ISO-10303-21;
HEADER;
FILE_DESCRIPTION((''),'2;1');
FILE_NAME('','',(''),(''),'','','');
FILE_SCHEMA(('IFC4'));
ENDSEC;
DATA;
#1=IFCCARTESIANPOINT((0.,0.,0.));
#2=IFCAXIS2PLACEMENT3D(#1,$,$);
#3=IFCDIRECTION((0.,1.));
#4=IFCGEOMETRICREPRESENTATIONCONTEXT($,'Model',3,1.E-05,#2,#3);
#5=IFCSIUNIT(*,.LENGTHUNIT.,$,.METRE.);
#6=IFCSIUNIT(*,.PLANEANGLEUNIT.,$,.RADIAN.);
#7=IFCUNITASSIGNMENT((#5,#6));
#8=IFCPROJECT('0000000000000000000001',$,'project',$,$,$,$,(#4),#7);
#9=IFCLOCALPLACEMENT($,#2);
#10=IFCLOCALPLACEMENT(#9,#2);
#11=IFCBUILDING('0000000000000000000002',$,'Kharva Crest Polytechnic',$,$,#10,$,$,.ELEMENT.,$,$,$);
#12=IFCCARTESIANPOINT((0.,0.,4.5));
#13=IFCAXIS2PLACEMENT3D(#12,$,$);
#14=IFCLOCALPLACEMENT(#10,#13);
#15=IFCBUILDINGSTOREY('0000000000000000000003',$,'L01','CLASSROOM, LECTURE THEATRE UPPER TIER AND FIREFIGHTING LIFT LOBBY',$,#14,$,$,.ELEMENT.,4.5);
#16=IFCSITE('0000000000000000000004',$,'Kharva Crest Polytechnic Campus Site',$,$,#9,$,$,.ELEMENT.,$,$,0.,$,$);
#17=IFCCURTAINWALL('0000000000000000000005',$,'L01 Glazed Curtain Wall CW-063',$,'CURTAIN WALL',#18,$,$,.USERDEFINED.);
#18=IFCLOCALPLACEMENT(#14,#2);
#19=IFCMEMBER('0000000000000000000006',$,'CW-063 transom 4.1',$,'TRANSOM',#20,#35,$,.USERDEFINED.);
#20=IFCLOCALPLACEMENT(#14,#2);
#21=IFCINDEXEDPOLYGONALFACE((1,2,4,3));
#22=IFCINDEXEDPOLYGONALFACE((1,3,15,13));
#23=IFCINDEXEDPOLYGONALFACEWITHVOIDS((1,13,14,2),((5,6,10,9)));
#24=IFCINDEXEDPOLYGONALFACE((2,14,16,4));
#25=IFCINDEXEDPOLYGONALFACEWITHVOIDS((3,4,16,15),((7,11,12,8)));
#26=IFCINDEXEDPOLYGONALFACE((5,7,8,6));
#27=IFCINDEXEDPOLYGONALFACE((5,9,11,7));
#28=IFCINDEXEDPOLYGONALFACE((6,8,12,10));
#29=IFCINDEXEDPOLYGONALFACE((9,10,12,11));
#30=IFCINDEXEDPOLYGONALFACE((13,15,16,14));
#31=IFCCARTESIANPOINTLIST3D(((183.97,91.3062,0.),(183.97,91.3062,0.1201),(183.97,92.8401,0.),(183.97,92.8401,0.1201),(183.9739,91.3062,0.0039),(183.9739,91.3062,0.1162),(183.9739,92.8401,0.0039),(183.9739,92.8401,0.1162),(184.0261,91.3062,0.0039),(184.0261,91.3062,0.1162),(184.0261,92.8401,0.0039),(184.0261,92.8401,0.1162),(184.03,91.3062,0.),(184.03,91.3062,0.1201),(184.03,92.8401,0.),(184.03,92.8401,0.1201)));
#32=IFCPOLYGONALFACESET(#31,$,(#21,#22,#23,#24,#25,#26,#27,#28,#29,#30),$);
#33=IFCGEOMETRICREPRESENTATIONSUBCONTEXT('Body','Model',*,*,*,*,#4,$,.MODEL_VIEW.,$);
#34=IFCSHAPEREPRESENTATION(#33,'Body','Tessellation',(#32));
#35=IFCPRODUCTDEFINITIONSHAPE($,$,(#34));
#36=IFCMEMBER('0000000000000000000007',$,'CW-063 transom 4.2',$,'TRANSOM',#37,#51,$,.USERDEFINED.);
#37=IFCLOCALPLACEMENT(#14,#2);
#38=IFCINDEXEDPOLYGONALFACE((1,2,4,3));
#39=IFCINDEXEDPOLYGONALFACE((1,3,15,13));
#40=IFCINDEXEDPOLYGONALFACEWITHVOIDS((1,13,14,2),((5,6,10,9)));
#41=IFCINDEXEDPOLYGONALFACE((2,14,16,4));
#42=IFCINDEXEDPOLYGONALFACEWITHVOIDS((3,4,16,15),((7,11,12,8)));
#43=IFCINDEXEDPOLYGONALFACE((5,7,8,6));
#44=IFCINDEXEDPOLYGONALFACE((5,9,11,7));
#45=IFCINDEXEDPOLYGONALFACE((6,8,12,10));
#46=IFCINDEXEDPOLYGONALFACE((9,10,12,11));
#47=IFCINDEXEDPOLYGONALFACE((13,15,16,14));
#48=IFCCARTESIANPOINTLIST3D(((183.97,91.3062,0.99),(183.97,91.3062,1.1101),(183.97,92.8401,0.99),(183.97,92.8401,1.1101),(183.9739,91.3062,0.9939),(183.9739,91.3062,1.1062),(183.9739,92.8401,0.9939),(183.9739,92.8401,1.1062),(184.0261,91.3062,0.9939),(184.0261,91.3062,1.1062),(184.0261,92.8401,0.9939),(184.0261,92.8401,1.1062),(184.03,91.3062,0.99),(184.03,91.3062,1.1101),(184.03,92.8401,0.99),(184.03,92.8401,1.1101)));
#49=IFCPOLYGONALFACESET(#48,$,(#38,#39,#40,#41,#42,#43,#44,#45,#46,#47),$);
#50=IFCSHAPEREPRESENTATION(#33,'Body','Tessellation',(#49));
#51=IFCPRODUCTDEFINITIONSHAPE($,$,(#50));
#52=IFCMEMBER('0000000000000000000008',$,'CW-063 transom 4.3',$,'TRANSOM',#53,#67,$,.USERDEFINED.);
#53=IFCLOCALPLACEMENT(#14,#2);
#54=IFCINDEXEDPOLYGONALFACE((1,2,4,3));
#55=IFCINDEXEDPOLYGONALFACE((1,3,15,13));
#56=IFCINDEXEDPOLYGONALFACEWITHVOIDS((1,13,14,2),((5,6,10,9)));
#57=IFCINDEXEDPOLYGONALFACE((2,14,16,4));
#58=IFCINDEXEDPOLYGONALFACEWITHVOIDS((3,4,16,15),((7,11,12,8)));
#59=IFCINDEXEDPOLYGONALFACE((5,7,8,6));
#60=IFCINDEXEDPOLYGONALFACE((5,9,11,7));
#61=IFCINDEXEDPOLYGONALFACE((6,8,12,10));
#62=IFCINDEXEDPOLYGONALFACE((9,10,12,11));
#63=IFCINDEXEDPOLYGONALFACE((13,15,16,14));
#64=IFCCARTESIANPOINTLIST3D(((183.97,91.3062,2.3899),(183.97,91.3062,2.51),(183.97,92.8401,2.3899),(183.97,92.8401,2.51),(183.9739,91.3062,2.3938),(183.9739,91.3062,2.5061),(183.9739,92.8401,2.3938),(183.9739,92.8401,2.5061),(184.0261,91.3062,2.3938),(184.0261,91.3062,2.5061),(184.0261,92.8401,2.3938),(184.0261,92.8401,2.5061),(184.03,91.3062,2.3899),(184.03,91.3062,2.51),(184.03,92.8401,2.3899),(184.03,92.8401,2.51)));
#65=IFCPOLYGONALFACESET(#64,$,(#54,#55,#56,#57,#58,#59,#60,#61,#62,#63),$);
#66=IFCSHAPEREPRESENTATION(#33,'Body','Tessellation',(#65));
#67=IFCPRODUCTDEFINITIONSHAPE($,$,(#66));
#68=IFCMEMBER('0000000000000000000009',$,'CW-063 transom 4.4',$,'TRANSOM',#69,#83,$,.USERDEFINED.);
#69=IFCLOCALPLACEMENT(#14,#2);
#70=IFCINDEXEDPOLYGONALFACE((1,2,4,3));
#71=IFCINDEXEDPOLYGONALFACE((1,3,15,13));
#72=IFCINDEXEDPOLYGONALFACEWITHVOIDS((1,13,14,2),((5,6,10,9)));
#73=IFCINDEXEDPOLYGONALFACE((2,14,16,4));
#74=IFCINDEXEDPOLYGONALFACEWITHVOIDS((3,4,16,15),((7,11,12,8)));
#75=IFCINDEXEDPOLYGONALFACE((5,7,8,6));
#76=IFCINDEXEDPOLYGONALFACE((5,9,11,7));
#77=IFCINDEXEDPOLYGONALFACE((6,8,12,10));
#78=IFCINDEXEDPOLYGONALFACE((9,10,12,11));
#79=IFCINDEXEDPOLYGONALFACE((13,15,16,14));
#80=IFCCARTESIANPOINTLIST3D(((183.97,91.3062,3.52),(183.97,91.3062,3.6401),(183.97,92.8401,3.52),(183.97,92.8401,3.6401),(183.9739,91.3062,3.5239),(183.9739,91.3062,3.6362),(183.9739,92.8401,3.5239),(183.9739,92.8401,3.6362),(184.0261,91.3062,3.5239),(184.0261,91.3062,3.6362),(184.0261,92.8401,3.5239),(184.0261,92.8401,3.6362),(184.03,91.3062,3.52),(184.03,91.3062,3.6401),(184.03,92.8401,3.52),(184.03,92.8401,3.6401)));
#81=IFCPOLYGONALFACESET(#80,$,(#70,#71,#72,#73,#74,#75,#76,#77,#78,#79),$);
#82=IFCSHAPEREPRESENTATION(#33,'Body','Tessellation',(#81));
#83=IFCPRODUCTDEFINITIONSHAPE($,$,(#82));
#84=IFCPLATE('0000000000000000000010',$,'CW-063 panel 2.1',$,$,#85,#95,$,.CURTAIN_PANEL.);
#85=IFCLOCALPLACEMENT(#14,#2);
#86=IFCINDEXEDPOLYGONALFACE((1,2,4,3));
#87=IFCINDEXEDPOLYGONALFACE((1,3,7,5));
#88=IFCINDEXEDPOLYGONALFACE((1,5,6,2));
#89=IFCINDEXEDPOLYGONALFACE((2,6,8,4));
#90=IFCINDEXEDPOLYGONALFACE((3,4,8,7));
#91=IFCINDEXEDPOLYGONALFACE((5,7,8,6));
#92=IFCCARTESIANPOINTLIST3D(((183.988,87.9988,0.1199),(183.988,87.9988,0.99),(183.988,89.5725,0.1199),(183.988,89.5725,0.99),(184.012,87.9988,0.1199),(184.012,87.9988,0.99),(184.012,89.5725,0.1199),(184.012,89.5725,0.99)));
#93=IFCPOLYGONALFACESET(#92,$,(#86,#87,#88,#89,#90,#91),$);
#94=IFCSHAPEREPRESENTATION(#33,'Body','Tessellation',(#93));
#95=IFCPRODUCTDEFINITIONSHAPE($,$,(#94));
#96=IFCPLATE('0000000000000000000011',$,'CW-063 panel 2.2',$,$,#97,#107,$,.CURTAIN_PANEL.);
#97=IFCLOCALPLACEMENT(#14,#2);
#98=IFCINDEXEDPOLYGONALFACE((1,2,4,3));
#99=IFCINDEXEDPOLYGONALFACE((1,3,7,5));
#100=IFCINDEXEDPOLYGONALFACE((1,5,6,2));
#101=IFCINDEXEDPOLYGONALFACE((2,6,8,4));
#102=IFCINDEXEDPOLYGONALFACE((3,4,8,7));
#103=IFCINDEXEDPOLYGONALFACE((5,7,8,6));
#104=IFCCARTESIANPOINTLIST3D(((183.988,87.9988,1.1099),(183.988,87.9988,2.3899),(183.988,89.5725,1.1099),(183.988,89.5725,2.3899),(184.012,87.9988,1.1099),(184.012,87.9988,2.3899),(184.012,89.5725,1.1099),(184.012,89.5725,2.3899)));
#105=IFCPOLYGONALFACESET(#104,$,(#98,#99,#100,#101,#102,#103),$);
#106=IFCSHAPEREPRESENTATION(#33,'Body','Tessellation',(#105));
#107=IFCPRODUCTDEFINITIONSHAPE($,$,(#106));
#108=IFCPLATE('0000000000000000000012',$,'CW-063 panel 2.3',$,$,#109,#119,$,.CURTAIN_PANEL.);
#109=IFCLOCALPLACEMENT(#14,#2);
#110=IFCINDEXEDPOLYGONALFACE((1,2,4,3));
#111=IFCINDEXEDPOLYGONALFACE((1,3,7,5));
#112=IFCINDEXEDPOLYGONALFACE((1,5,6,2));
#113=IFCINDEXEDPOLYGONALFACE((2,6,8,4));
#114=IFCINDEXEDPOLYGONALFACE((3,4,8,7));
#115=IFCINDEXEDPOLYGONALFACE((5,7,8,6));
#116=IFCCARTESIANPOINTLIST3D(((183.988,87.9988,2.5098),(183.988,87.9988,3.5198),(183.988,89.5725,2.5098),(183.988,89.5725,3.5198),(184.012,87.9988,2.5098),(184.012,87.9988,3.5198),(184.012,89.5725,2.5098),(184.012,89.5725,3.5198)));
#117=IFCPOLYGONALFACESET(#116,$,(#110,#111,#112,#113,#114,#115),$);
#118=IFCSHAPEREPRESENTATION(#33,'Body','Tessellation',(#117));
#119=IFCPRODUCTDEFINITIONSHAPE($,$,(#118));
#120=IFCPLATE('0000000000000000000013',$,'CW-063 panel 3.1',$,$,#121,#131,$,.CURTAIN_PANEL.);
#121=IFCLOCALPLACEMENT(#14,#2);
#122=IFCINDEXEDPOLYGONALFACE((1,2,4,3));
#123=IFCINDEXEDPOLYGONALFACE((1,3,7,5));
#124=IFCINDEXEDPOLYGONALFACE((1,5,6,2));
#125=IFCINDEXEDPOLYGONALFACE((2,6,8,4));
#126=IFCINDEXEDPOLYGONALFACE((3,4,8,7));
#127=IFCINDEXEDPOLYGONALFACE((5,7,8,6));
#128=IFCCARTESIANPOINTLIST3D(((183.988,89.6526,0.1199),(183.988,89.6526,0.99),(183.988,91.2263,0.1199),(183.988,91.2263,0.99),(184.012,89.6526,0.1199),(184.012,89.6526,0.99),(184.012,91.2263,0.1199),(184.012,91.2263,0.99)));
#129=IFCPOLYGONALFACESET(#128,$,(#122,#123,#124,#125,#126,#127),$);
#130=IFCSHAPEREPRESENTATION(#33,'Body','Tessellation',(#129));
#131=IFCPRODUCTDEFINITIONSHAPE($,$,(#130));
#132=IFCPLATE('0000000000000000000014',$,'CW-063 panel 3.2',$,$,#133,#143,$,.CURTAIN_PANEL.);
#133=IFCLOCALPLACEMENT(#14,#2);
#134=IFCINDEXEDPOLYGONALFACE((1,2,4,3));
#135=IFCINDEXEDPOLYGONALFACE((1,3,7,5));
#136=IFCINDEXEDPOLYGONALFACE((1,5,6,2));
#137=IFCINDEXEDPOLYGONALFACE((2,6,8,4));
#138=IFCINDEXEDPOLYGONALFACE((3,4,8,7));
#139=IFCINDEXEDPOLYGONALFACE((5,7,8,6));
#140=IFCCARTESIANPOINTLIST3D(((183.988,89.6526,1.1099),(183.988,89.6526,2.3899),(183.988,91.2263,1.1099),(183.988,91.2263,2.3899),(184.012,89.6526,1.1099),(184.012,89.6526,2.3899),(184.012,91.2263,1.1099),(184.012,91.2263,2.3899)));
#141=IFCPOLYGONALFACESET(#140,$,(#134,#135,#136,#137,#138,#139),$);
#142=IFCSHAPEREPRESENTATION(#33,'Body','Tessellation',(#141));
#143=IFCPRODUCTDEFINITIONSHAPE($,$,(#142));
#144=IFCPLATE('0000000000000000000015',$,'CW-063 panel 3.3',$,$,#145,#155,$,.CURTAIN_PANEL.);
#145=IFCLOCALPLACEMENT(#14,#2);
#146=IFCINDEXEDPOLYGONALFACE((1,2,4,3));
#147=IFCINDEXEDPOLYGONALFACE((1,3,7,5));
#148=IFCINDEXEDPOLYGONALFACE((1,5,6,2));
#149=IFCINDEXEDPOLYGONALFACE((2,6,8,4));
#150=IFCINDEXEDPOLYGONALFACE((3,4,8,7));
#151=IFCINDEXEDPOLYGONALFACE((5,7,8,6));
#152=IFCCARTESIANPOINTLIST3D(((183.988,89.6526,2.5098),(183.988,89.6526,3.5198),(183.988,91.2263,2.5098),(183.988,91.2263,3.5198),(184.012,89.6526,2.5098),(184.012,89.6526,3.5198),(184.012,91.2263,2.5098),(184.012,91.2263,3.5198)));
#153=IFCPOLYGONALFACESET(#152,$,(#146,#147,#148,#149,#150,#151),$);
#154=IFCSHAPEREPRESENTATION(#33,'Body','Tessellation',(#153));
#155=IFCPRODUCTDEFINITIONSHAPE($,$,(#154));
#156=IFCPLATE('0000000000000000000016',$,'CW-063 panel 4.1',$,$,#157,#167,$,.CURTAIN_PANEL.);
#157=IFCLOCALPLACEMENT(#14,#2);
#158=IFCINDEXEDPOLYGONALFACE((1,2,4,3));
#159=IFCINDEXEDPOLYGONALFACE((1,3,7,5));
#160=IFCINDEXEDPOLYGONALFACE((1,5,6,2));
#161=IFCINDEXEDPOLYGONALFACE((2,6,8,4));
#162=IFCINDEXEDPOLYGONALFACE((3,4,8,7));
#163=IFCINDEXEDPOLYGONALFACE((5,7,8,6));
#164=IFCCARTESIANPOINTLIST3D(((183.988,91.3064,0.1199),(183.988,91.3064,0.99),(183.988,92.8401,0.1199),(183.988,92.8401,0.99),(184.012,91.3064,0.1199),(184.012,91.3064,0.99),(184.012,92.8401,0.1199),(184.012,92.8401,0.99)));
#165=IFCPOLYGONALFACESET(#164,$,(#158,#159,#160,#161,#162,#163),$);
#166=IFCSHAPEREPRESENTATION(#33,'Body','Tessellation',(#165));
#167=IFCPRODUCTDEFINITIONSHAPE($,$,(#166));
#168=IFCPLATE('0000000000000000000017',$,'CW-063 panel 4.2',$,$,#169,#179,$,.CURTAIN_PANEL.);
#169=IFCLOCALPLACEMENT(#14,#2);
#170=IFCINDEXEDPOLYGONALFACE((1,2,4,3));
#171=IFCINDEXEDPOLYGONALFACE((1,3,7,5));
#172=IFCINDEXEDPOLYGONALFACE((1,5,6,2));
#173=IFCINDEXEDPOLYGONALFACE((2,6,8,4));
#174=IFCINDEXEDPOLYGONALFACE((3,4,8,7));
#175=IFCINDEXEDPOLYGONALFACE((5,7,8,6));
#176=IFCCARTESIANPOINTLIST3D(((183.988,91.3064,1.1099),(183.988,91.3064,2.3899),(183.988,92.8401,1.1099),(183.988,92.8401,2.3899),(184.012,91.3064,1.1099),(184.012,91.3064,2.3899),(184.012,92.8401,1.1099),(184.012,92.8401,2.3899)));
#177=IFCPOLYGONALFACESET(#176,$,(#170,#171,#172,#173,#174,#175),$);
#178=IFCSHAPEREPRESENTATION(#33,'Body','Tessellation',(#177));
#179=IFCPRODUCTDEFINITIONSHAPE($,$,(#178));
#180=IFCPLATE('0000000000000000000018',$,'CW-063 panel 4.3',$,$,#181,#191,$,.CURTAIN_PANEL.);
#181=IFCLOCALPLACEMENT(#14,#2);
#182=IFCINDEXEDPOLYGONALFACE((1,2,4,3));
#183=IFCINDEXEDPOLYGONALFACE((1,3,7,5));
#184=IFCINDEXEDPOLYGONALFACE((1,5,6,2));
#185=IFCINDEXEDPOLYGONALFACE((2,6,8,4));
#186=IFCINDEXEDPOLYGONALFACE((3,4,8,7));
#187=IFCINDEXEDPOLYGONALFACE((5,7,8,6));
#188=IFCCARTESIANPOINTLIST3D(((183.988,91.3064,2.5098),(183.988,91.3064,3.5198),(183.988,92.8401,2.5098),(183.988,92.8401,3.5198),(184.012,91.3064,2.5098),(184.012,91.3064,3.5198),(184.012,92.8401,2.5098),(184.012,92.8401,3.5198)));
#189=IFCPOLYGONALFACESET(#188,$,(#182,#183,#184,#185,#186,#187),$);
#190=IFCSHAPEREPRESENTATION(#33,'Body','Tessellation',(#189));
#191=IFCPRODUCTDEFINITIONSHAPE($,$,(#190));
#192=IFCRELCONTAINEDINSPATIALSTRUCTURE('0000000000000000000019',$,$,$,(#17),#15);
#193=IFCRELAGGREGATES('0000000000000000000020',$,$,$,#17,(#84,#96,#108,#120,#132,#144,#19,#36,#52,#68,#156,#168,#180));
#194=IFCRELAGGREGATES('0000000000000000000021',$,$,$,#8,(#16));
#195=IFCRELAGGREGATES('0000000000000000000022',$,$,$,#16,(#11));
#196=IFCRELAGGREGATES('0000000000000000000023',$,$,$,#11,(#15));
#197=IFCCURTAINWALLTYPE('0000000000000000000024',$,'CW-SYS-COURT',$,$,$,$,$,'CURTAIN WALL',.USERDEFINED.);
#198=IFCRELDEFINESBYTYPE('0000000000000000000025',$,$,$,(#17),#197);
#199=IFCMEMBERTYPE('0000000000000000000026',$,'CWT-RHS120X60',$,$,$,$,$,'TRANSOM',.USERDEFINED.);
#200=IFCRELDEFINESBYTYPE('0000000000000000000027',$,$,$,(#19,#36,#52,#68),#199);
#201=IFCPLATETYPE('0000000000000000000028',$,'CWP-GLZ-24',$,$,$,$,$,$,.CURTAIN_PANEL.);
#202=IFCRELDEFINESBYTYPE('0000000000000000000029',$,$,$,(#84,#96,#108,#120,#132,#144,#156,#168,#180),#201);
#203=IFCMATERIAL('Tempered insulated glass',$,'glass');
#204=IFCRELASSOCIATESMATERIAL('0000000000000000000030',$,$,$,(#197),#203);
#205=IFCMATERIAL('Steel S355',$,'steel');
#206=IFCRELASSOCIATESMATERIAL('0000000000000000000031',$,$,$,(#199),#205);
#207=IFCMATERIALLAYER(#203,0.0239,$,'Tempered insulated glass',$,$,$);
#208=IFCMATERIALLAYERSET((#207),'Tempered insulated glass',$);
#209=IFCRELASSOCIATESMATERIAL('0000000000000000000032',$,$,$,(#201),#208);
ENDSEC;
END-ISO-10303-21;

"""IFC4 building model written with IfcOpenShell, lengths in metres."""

from ifc_helpers import new_model, si_unit, direction, frame, origin, origin_2d, place, context, subcontext, project, spatial, rectangle, hollow_rectangle, extrude, material, layer, layer_set, material_profile, profile_set, type_object, element, aggregate, save


model = new_model("IFC4")

# Units and contexts
model_context = context("Model", 3, precision=1e-05, world=origin(), true_north=direction((0.0, 1.0)))
body_context = subcontext(model_context, "Body", "Model", "MODEL_VIEW")
ifc_project = project(units=[si_unit("LENGTHUNIT", "METRE"), si_unit("PLANEANGLEUNIT", "RADIAN")], contexts=[model_context])

# Site, building, storey
site_placement = place(None, origin())
site = spatial("IfcSite", under=ifc_project, at=site_placement, Name="Kharva Crest Polytechnic Campus Site", CompositionType="ELEMENT", RefElevation=0.0)
building_placement = place(site_placement, origin())
building = spatial("IfcBuilding", under=site, at=building_placement, Name="Kharva Crest Polytechnic", CompositionType="ELEMENT")
storey_placement = place(building_placement, frame((0.0, 0.0, 4.5)))
storey = spatial("IfcBuildingStorey", under=building, at=storey_placement, Name="L01", Description="CLASSROOM, LECTURE THEATRE UPPER TIER AND FIREFIGHTING LIFT LOBBY", CompositionType="ELEMENT", Elevation=4.5)

# Curtain wall, members, plates
ifc_material_1 = material(Name="Tempered insulated glass", Category="glass")
curtain_wall_type = type_object("IfcCurtainWallType", Name="CW-SYS-COURT", ElementType="CURTAIN WALL", PredefinedType="USERDEFINED", material=ifc_material_1)
curtain_wall_placement = place(storey_placement, origin())
curtain_wall = element("IfcCurtainWall", 1, at=curtain_wall_placement, inside=storey, type_object=curtain_wall_type, Name="L01 Glazed Curtain Wall CW-063", ObjectType="CURTAIN WALL", PredefinedType="USERDEFINED")
ifc_material_2 = material(Name="Steel S355", Category="steel")
ifc_material_profile_1 = material_profile(ifc_material_2, hollow_rectangle(XDim=0.0601, YDim=0.1201, WallThickness=0.0039, at=origin_2d()), Name="RHS 120X60X4.0")
ifc_profile_set_1 = profile_set([ifc_material_profile_1], Name="Steel S355")
member_type_1 = type_object("IfcMemberType", Name="CWT-RHS120X60", ElementType="TRANSOM", PredefinedType="USERDEFINED", material=ifc_profile_set_1)
member_1_placement = place(storey_placement, frame((184.0, 91.3062, 0.0601), z_axis=(0.0, 1.0, 0.0), x_axis=(-1.0, 0.0, 0.0)))
member_1 = element("IfcMember", 2, at=member_1_placement, type_object=member_type_1, Name="CW-063 transom 4.1", ObjectType="TRANSOM", PredefinedType="USERDEFINED", context=body_context, shape_type="SweptSolid", body=[
    extrude(hollow_rectangle(XDim=0.0601, YDim=0.1201, WallThickness=0.0039, at=origin_2d()), origin(), (0.0, 0.0, 1.0), 1.5339),
])
member_2_placement = place(storey_placement, frame((184.0, 91.3062, 1.05), z_axis=(0.0, 1.0, 0.0), x_axis=(-1.0, 0.0, 0.0)))
member_2 = element("IfcMember", 3, at=member_2_placement, type_object=member_type_1, Name="CW-063 transom 4.2", ObjectType="TRANSOM", PredefinedType="USERDEFINED", context=body_context, shape_type="SweptSolid", body=[
    extrude(hollow_rectangle(XDim=0.0601, YDim=0.1201, WallThickness=0.0039, at=origin_2d()), origin(), (0.0, 0.0, 1.0), 1.5339),
])
member_3_placement = place(storey_placement, frame((184.0, 91.3062, 2.45), z_axis=(0.0, 1.0, 0.0), x_axis=(-1.0, 0.0, 0.0)))
member_3 = element("IfcMember", 4, at=member_3_placement, type_object=member_type_1, Name="CW-063 transom 4.3", ObjectType="TRANSOM", PredefinedType="USERDEFINED", context=body_context, shape_type="SweptSolid", body=[
    extrude(hollow_rectangle(XDim=0.0601, YDim=0.1201, WallThickness=0.0039, at=origin_2d()), origin(), (0.0, 0.0, 1.0), 1.5339),
])
member_4_placement = place(storey_placement, frame((184.0, 91.3062, 3.5801), z_axis=(0.0, 1.0, 0.0), x_axis=(-1.0, 0.0, 0.0)))
member_4 = element("IfcMember", 5, at=member_4_placement, type_object=member_type_1, Name="CW-063 transom 4.4", ObjectType="TRANSOM", PredefinedType="USERDEFINED", context=body_context, shape_type="SweptSolid", body=[
    extrude(hollow_rectangle(XDim=0.0601, YDim=0.1201, WallThickness=0.0039, at=origin_2d()), origin(), (0.0, 0.0, 1.0), 1.5339),
])
ifc_layer = layer(ifc_material_1, 0.0239, Name="Tempered insulated glass")
ifc_layer_set = layer_set([ifc_layer], Name="Tempered insulated glass")
plate_type = type_object("IfcPlateType", Name="CWP-GLZ-24", PredefinedType="CURTAIN_PANEL", material=ifc_layer_set)
plate_1_placement = place(storey_placement, frame((184.0, 88.7856, 0.1199), z_axis=(0.0, 0.0, 1.0), x_axis=(0.0, 1.0, 0.0)))
plate_1 = element("IfcPlate", 6, at=plate_1_placement, type_object=plate_type, Name="CW-063 panel 2.1", PredefinedType="CURTAIN_PANEL", context=body_context, shape_type="SweptSolid", body=[
    extrude(rectangle(XDim=1.5737, YDim=0.0239, at=origin_2d()), origin(), (0.0, 0.0, 1.0), 0.8701),
])
plate_2_placement = place(storey_placement, frame((184.0, 88.7856, 1.1099), z_axis=(0.0, 0.0, 1.0), x_axis=(0.0, 1.0, 0.0)))
plate_2 = element("IfcPlate", 7, at=plate_2_placement, type_object=plate_type, Name="CW-063 panel 2.2", PredefinedType="CURTAIN_PANEL", context=body_context, shape_type="SweptSolid", body=[
    extrude(rectangle(XDim=1.5737, YDim=0.0239, at=origin_2d()), origin(), (0.0, 0.0, 1.0), 1.28),
])
plate_3_placement = place(storey_placement, frame((184.0, 88.7856, 2.5098), z_axis=(0.0, 0.0, 1.0), x_axis=(0.0, 1.0, 0.0)))
plate_3 = element("IfcPlate", 8, at=plate_3_placement, type_object=plate_type, Name="CW-063 panel 2.3", PredefinedType="CURTAIN_PANEL", context=body_context, shape_type="SweptSolid", body=[
    extrude(rectangle(XDim=1.5737, YDim=0.0239, at=origin_2d()), origin(), (0.0, 0.0, 1.0), 1.01),
])
plate_4_placement = place(storey_placement, frame((184.0, 90.4395, 0.1199), z_axis=(0.0, 0.0, 1.0), x_axis=(0.0, 1.0, 0.0)))
plate_4 = element("IfcPlate", 9, at=plate_4_placement, type_object=plate_type, Name="CW-063 panel 3.1", PredefinedType="CURTAIN_PANEL", context=body_context, shape_type="SweptSolid", body=[
    extrude(rectangle(XDim=1.5737, YDim=0.0239, at=origin_2d()), origin(), (0.0, 0.0, 1.0), 0.8701),
])
plate_5_placement = place(storey_placement, frame((184.0, 90.4395, 1.1099), z_axis=(0.0, 0.0, 1.0), x_axis=(0.0, 1.0, 0.0)))
plate_5 = element("IfcPlate", 10, at=plate_5_placement, type_object=plate_type, Name="CW-063 panel 3.2", PredefinedType="CURTAIN_PANEL", context=body_context, shape_type="SweptSolid", body=[
    extrude(rectangle(XDim=1.5737, YDim=0.0239, at=origin_2d()), origin(), (0.0, 0.0, 1.0), 1.28),
])
plate_6_placement = place(storey_placement, frame((184.0, 90.4395, 2.5098), z_axis=(0.0, 0.0, 1.0), x_axis=(0.0, 1.0, 0.0)))
plate_6 = element("IfcPlate", 11, at=plate_6_placement, type_object=plate_type, Name="CW-063 panel 3.3", PredefinedType="CURTAIN_PANEL", context=body_context, shape_type="SweptSolid", body=[
    extrude(rectangle(XDim=1.5737, YDim=0.0239, at=origin_2d()), origin(), (0.0, 0.0, 1.0), 1.01),
])
plate_7_placement = place(storey_placement, frame((184.0, 92.0732, 0.1199), z_axis=(0.0, 0.0, 1.0), x_axis=(0.0, 1.0, 0.0)))
plate_7 = element("IfcPlate", 12, at=plate_7_placement, type_object=plate_type, Name="CW-063 panel 4.1", PredefinedType="CURTAIN_PANEL", context=body_context, shape_type="SweptSolid", body=[
    extrude(rectangle(XDim=1.5337, YDim=0.0239, at=origin_2d()), origin(), (0.0, 0.0, 1.0), 0.8701),
])
plate_8_placement = place(storey_placement, frame((184.0, 92.0732, 1.1099), z_axis=(0.0, 0.0, 1.0), x_axis=(0.0, 1.0, 0.0)))
plate_8 = element("IfcPlate", 13, at=plate_8_placement, type_object=plate_type, Name="CW-063 panel 4.2", PredefinedType="CURTAIN_PANEL", context=body_context, shape_type="SweptSolid", body=[
    extrude(rectangle(XDim=1.5337, YDim=0.0239, at=origin_2d()), origin(), (0.0, 0.0, 1.0), 1.28),
])
plate_9_placement = place(storey_placement, frame((184.0, 92.0732, 2.5098), z_axis=(0.0, 0.0, 1.0), x_axis=(0.0, 1.0, 0.0)))
plate_9 = element("IfcPlate", 14, at=plate_9_placement, type_object=plate_type, Name="CW-063 panel 4.3", PredefinedType="CURTAIN_PANEL", context=body_context, shape_type="SweptSolid", body=[
    extrude(rectangle(XDim=1.5337, YDim=0.0239, at=origin_2d()), origin(), (0.0, 0.0, 1.0), 1.01),
])
aggregate(curtain_wall, [plate_1, plate_2, plate_3, plate_4, plate_5, plate_6, member_1, member_2, member_3, member_4, plate_7, plate_8, plate_9])

save(model, "model.ifc")
